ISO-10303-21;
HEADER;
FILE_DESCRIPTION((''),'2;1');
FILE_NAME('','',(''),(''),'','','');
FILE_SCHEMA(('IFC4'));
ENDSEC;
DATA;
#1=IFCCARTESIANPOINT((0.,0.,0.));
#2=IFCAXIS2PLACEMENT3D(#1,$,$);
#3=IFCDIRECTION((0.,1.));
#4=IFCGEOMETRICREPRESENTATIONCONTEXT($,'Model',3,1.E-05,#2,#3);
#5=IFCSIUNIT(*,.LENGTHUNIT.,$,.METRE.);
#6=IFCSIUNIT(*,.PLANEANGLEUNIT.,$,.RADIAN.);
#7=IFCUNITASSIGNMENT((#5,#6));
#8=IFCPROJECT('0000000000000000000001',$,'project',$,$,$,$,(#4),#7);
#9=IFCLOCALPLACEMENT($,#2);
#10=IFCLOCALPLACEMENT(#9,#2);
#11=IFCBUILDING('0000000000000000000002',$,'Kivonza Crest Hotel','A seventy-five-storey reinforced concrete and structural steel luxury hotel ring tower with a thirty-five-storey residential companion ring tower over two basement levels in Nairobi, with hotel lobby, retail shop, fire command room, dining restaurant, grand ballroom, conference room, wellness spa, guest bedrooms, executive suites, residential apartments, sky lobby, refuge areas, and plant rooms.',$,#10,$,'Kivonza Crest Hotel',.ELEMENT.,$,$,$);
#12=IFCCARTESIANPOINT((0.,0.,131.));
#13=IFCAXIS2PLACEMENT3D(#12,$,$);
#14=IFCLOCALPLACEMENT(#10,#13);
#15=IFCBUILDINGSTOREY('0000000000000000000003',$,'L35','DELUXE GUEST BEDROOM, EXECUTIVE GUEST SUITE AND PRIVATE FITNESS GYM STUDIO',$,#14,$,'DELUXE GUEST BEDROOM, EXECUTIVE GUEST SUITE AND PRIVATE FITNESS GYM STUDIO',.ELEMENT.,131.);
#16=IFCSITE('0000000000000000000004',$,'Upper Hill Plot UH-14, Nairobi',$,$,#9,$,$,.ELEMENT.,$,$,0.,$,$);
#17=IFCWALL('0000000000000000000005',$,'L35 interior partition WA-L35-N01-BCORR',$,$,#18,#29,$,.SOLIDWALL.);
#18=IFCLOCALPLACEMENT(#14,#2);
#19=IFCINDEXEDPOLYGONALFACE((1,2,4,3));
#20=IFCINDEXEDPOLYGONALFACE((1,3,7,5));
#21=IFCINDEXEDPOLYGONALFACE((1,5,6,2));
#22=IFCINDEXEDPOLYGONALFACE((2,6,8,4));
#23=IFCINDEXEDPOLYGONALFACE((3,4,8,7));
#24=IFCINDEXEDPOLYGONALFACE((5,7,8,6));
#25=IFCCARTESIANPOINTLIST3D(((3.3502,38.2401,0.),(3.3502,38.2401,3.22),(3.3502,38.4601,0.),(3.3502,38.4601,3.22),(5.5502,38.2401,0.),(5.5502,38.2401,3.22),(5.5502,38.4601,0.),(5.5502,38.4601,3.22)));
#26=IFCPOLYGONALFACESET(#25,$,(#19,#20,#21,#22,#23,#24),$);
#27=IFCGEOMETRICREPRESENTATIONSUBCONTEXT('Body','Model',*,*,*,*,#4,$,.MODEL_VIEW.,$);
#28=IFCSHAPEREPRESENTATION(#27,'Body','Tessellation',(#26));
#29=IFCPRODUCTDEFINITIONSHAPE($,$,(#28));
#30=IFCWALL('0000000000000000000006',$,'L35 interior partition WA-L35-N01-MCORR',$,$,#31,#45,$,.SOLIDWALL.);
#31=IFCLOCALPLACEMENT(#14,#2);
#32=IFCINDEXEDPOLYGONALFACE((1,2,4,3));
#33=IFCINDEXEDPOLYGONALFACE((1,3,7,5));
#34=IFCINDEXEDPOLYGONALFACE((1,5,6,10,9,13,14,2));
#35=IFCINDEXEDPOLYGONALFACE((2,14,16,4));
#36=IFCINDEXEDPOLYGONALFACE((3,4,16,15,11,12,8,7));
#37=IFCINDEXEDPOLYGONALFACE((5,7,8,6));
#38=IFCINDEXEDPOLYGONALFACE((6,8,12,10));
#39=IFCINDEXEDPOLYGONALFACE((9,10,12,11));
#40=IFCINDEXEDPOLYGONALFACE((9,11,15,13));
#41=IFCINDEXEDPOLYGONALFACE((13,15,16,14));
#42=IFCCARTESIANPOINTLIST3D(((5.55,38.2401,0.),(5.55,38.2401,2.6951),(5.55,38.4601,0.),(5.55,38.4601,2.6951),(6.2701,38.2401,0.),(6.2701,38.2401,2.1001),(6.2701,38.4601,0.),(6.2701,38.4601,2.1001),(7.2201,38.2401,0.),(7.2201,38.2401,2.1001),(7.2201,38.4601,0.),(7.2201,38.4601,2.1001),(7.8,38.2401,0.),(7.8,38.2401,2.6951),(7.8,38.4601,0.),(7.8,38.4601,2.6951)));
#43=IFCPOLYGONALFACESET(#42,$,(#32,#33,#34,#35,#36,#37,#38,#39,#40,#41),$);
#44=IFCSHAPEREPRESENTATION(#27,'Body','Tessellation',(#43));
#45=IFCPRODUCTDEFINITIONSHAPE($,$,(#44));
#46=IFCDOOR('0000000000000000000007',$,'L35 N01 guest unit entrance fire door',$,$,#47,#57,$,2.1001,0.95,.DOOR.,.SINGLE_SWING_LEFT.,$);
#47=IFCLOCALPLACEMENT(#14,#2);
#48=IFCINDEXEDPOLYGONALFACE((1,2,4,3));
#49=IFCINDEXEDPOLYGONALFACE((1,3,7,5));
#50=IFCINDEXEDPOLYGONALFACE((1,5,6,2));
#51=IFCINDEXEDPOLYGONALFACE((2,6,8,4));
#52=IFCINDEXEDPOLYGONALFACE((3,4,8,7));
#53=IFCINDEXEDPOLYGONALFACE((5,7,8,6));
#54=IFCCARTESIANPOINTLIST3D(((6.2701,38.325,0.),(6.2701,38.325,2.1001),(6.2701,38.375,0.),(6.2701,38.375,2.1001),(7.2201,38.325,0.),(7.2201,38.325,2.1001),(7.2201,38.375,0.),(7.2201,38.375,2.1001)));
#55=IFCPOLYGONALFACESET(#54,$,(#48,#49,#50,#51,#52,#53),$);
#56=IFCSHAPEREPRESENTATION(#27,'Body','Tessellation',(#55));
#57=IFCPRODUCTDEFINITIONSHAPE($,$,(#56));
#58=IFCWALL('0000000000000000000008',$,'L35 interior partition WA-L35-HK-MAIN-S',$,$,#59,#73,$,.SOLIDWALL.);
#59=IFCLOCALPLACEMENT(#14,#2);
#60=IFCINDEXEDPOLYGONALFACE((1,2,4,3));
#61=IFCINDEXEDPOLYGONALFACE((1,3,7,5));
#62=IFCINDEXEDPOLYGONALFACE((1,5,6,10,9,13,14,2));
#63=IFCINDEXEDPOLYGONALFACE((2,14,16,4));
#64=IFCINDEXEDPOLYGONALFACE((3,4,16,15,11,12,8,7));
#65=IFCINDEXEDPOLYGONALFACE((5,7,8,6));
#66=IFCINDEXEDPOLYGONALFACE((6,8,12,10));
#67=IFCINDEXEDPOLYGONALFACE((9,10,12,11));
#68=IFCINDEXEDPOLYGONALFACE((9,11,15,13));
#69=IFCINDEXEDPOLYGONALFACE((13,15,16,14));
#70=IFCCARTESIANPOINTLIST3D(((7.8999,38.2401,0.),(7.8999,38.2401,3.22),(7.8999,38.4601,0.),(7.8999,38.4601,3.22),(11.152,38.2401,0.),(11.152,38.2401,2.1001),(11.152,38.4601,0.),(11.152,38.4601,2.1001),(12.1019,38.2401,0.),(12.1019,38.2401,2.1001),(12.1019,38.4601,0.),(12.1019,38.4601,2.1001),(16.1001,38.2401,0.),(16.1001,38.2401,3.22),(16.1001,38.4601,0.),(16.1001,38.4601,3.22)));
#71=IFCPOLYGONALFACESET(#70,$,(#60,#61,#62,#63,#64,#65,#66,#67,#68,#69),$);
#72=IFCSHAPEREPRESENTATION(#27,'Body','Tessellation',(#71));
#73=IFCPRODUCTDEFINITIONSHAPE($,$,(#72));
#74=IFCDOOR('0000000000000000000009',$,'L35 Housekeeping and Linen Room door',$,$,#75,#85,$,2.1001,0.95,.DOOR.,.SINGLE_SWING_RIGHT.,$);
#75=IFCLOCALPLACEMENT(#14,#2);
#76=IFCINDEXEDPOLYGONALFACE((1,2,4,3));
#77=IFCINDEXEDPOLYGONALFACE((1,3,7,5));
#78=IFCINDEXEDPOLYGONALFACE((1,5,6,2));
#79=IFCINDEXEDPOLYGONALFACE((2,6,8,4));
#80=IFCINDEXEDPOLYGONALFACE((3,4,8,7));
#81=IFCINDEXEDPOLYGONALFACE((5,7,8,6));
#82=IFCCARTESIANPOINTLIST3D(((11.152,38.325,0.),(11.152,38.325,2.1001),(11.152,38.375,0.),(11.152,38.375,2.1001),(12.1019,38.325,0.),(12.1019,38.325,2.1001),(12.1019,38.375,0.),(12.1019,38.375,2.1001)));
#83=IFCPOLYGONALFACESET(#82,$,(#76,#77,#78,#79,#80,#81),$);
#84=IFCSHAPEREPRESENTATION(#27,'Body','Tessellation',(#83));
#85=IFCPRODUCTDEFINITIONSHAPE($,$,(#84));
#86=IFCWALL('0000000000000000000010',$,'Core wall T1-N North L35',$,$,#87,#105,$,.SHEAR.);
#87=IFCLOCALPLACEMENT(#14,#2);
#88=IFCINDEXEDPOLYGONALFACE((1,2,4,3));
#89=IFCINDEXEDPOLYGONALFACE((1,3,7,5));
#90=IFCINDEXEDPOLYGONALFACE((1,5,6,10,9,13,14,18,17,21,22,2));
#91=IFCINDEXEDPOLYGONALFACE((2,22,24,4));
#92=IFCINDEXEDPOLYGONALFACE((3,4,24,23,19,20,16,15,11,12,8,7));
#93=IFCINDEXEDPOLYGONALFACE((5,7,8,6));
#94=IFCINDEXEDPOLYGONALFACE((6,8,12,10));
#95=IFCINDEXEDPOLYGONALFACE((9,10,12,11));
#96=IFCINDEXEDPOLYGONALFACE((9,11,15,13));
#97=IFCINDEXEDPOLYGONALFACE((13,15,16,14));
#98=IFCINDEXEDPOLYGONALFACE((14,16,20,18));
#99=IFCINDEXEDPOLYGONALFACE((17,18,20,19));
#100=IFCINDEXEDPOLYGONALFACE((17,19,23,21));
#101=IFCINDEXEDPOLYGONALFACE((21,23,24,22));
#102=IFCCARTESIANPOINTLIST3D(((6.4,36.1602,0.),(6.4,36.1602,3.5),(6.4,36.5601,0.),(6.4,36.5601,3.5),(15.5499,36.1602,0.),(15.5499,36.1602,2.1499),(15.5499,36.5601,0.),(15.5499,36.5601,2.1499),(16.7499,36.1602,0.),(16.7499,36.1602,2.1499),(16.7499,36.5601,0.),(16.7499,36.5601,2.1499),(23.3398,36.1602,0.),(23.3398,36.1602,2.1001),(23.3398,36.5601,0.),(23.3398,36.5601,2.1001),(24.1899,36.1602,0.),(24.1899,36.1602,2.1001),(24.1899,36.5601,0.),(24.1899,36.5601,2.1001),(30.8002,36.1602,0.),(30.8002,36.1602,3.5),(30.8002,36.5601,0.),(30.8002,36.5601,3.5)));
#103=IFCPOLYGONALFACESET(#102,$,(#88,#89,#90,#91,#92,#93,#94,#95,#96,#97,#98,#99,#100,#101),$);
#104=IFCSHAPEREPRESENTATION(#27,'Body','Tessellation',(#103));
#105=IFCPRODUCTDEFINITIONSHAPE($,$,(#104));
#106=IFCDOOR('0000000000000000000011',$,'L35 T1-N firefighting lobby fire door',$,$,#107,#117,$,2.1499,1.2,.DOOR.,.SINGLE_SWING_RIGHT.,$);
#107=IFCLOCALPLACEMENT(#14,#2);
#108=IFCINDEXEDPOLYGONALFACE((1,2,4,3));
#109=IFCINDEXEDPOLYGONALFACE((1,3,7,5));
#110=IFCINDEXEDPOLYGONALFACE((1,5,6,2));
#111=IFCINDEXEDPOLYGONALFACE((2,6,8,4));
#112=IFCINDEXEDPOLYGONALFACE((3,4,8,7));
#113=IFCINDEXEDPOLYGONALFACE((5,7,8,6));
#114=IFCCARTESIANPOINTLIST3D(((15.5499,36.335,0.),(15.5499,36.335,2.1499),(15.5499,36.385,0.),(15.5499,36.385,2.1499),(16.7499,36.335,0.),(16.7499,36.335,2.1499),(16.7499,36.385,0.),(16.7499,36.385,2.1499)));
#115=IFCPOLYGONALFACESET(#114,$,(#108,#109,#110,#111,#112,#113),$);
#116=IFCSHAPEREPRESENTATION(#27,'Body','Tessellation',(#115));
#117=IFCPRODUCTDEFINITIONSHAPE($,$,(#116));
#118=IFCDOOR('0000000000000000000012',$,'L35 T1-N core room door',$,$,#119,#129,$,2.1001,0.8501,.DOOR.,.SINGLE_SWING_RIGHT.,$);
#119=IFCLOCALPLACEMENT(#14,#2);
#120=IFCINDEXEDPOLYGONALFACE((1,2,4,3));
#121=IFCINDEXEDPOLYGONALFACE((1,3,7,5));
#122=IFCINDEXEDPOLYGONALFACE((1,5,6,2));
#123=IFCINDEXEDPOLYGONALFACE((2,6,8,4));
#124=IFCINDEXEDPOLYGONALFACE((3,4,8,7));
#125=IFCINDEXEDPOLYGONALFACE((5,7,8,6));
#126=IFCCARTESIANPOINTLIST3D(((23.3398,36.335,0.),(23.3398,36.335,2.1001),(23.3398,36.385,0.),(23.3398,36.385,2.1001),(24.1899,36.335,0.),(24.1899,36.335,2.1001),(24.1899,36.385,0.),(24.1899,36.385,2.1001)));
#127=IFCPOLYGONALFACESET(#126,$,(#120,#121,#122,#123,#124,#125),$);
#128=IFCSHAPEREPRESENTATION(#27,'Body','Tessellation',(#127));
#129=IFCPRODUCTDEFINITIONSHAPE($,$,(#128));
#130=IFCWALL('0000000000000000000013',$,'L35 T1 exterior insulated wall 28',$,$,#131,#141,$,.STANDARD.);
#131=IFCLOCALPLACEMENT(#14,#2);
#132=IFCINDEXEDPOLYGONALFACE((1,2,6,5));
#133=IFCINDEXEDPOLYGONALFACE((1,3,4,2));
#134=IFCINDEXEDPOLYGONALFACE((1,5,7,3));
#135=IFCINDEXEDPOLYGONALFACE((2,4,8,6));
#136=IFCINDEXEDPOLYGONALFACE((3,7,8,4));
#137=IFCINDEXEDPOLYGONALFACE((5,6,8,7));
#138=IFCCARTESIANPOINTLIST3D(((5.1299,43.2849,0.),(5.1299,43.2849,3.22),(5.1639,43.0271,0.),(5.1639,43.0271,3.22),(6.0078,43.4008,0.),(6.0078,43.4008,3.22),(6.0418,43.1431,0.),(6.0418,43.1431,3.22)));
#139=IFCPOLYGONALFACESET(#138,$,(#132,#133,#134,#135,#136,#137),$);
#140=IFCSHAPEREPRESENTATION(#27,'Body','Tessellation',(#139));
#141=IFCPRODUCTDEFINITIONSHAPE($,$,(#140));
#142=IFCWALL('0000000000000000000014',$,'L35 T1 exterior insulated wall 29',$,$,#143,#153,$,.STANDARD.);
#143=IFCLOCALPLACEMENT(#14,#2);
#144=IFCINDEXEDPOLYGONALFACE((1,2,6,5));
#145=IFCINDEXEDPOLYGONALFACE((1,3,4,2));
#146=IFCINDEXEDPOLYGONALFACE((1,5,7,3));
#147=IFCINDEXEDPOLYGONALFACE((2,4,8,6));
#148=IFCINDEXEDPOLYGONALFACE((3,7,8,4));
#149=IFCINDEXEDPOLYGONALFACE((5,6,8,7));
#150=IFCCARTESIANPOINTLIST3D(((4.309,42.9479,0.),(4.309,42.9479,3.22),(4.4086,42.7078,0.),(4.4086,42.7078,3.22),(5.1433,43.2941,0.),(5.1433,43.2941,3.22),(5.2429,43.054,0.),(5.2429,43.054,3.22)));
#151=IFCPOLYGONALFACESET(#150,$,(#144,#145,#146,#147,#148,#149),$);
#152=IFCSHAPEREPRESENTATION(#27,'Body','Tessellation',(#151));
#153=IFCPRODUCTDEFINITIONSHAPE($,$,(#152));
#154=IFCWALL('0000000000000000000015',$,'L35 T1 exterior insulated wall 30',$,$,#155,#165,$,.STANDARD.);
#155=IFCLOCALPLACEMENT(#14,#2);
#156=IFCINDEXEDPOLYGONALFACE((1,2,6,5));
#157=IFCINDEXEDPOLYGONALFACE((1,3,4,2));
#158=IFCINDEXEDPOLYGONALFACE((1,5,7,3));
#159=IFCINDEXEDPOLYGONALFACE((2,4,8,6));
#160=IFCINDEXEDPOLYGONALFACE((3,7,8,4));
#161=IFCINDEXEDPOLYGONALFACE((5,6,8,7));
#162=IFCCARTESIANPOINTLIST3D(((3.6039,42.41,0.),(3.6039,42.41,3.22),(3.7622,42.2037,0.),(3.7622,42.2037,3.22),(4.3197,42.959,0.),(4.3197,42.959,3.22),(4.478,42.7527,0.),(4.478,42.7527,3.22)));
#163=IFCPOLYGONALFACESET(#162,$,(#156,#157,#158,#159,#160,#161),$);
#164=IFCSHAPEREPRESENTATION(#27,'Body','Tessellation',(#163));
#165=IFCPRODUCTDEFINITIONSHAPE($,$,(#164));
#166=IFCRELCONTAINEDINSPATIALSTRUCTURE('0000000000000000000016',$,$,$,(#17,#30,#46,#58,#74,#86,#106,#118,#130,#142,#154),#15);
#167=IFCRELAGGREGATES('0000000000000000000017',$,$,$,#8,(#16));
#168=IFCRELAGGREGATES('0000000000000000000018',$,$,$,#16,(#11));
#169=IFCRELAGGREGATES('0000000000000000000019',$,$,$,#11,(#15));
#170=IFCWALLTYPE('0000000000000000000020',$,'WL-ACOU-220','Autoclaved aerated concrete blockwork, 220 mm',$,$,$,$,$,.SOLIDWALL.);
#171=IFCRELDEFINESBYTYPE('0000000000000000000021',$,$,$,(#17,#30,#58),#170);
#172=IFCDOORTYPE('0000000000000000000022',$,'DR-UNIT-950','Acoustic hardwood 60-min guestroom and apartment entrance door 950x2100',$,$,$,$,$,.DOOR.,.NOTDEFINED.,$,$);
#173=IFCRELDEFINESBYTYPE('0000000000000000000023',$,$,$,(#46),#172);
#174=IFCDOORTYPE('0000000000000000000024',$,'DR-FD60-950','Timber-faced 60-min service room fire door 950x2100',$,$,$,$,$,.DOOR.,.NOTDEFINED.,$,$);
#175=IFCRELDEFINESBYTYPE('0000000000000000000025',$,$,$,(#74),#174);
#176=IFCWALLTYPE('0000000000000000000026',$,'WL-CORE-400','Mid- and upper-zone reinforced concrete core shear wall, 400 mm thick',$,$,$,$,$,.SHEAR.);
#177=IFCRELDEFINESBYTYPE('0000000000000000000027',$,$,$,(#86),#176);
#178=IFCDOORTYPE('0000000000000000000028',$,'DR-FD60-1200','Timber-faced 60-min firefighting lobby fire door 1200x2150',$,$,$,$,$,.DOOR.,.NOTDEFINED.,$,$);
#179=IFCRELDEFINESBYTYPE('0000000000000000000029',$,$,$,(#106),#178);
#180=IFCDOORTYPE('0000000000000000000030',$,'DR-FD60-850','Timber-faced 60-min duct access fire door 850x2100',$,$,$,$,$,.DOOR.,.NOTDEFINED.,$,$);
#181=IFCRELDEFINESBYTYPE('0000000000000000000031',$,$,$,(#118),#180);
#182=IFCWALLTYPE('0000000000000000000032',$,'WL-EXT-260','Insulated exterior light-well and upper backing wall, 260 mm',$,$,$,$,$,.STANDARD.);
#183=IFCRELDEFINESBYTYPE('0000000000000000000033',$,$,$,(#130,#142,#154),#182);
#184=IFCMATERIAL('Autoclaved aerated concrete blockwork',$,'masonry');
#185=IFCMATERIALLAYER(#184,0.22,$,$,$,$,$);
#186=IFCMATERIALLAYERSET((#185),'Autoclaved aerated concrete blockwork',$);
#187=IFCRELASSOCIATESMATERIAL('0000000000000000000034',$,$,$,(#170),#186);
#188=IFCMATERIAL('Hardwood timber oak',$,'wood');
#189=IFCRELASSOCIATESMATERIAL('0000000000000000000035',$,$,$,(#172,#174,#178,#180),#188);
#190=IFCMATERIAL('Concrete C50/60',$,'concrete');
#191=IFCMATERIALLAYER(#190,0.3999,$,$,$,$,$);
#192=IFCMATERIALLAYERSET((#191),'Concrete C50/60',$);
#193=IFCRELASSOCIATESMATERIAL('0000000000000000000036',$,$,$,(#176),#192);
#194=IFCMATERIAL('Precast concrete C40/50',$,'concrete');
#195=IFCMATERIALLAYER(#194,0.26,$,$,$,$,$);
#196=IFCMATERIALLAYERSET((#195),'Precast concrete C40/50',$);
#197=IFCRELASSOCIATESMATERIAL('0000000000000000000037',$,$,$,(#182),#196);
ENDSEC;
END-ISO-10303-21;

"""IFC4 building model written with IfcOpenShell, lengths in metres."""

from ifc_helpers import new_model, si_unit, direction, frame, frame_2d, origin, place, context, subcontext, project, spatial, rectangle, extrude, material, layer, layer_set, type_object, element, fill, save


model = new_model("IFC4")

# Units and contexts
model_context = context("Model", 3, precision=1e-05, world=origin(), true_north=direction((0.0, 1.0)))
body_context = subcontext(model_context, "Body", "Model", "MODEL_VIEW")
ifc_project = project(units=[si_unit("LENGTHUNIT", "METRE"), si_unit("PLANEANGLEUNIT", "RADIAN")], contexts=[model_context])

# Site, building, storey
site_placement = place(None, origin())
site = spatial("IfcSite", under=ifc_project, at=site_placement, Name="Upper Hill Plot UH-14, Nairobi", CompositionType="ELEMENT", RefElevation=0.0)
building_placement = place(site_placement, origin())
building = spatial("IfcBuilding", under=site, at=building_placement, Name="Kivonza Crest Hotel", Description="A seventy-five-storey reinforced concrete and structural steel luxury hotel ring tower with a thirty-five-storey residential companion ring tower over two basement levels in Nairobi, with hotel lobby, retail shop, fire command room, dining restaurant, grand ballroom, conference room, wellness spa, guest bedrooms, executive suites, residential apartments, sky lobby, refuge areas, and plant rooms.", LongName="Kivonza Crest Hotel", CompositionType="ELEMENT")
storey_placement = place(building_placement, frame((0.0, 0.0, 131.0)))
storey = spatial("IfcBuildingStorey", under=building, at=storey_placement, Name="L35", Description="DELUXE GUEST BEDROOM, EXECUTIVE GUEST SUITE AND PRIVATE FITNESS GYM STUDIO", LongName="DELUXE GUEST BEDROOM, EXECUTIVE GUEST SUITE AND PRIVATE FITNESS GYM STUDIO", CompositionType="ELEMENT", Elevation=131.0)

# Shared definitions
ifc_material_1 = material(Name="Concrete C50/60", Category="concrete")

# Wall
ifc_material_2 = material(Name="Autoclaved aerated concrete blockwork", Category="masonry")
ifc_layer_1 = layer(ifc_material_2, 0.22)
ifc_layer_set_1 = layer_set([ifc_layer_1], Name="Autoclaved aerated concrete blockwork")
wall_type_1 = type_object("IfcWallType", Name="WL-ACOU-220", Description="Autoclaved aerated concrete blockwork, 220 mm", PredefinedType="SOLIDWALL", material=ifc_layer_set_1)
wall_1_placement = place(storey_placement, frame((3.3501, 38.3501, 0.0), z_axis=(0.0, 0.0, 1.0), x_axis=(1.0, 0.0, 0.0)))
element("IfcWall", 1, at=wall_1_placement, inside=storey, type_object=wall_type_1, Name="L35 interior partition WA-L35-N01-BCORR", PredefinedType="SOLIDWALL", context=body_context, shape_type="SweptSolid", body=[
    extrude(rectangle(XDim=2.2, YDim=0.22, at=frame_2d((1.1001, 0.0))), origin(), (0.0, 0.0, 1.0), 3.22),
])

# Walls, openings, doors
wall_2_placement = place(storey_placement, frame((5.55, 38.3501, 0.0), z_axis=(0.0, 0.0, 1.0), x_axis=(1.0, 0.0, 0.0)))
wall_2 = element("IfcWall", 2, at=wall_2_placement, inside=storey, type_object=wall_type_1, Name="L35 interior partition WA-L35-N01-MCORR", PredefinedType="SOLIDWALL", context=body_context, shape_type="SweptSolid", body=[
    extrude(rectangle(XDim=2.25, YDim=0.22, at=frame_2d((1.125, 0.0))), origin(), (0.0, 0.0, 1.0), 2.6951),
])
opening_1_placement = place(wall_2_placement, frame((0.72, 0.0, 0.0)))
opening_1 = element("IfcOpeningElement", 3, at=opening_1_placement, cuts=wall_2, PredefinedType="OPENING", context=body_context, shape_type="SweptSolid", body=[
    extrude(rectangle(XDim=0.95, YDim=2.1001, at=frame_2d((0.4751, 1.05))), frame((0.0, 0.1201, 0.0), z_axis=(0.0, -1.0, 0.0), x_axis=(1.0, 0.0, 0.0)), (0.0, 0.0, 1.0), 0.24),
])
ifc_material_3 = material(Name="Hardwood timber oak", Category="wood")
door_type_1 = type_object("IfcDoorType", Name="DR-UNIT-950", Description="Acoustic hardwood 60-min guestroom and apartment entrance door 950x2100", OperationType="NOTDEFINED", PredefinedType="DOOR", material=ifc_material_3)
door_1_placement = place(opening_1_placement, origin())
door_1 = element("IfcDoor", 4, at=door_1_placement, inside=storey, type_object=door_type_1, Name="L35 N01 guest unit entrance fire door", OperationType="SINGLE_SWING_LEFT", OverallHeight=2.1001, OverallWidth=0.95, PredefinedType="DOOR", context=body_context, shape_type="SweptSolid", body=[
    extrude(rectangle(XDim=0.95, YDim=2.1001, at=frame_2d((0.4751, 1.05))), frame((0.0, 0.0249, 0.0), z_axis=(0.0, -1.0, 0.0), x_axis=(1.0, 0.0, 0.0)), (0.0, 0.0, 1.0), 0.05),
])
fill(opening_1, door_1)
wall_3_placement = place(storey_placement, frame((7.8999, 38.3501, 0.0), z_axis=(0.0, 0.0, 1.0), x_axis=(1.0, 0.0, 0.0)))
wall_3 = element("IfcWall", 5, at=wall_3_placement, inside=storey, type_object=wall_type_1, Name="L35 interior partition WA-L35-HK-MAIN-S", PredefinedType="SOLIDWALL", context=body_context, shape_type="SweptSolid", body=[
    extrude(rectangle(XDim=8.2002, YDim=0.22, at=frame_2d((4.1001, 0.0))), origin(), (0.0, 0.0, 1.0), 3.22),
])
opening_2_placement = place(wall_3_placement, frame((3.252, 0.0, 0.0)))
opening_2 = element("IfcOpeningElement", 6, at=opening_2_placement, cuts=wall_3, PredefinedType="OPENING", context=body_context, shape_type="SweptSolid", body=[
    extrude(rectangle(XDim=0.95, YDim=2.1001, at=frame_2d((0.4751, 1.05))), frame((0.0, 0.1201, 0.0), z_axis=(0.0, -1.0, 0.0), x_axis=(1.0, 0.0, 0.0)), (0.0, 0.0, 1.0), 0.24),
])
door_type_2 = type_object("IfcDoorType", Name="DR-FD60-950", Description="Timber-faced 60-min service room fire door 950x2100", OperationType="NOTDEFINED", PredefinedType="DOOR", material=ifc_material_3)
door_2_placement = place(opening_2_placement, origin())
door_2 = element("IfcDoor", 7, at=door_2_placement, inside=storey, type_object=door_type_2, Name="L35 Housekeeping and Linen Room door", OperationType="SINGLE_SWING_RIGHT", OverallHeight=2.1001, OverallWidth=0.95, PredefinedType="DOOR", context=body_context, shape_type="SweptSolid", body=[
    extrude(rectangle(XDim=0.95, YDim=2.1001, at=frame_2d((0.4751, 1.05))), frame((0.0, 0.0249, 0.0), z_axis=(0.0, -1.0, 0.0), x_axis=(1.0, 0.0, 0.0)), (0.0, 0.0, 1.0), 0.05),
])
fill(opening_2, door_2)

# Wall, openings, doors
ifc_layer_2 = layer(ifc_material_1, 0.3999)
ifc_layer_set_2 = layer_set([ifc_layer_2], Name="Concrete C50/60")
wall_type_2 = type_object("IfcWallType", Name="WL-CORE-400", Description="Mid- and upper-zone reinforced concrete core shear wall, 400 mm thick", PredefinedType="SHEAR", material=ifc_layer_set_2)
wall_4_placement = place(storey_placement, frame((6.3999, 36.3601, 0.0), z_axis=(0.0, 0.0, 1.0), x_axis=(1.0, 0.0, 0.0)))
wall_4 = element("IfcWall", 8, at=wall_4_placement, inside=storey, type_object=wall_type_2, Name="Core wall T1-N North L35", PredefinedType="SHEAR", context=body_context, shape_type="SweptSolid", body=[
    extrude(rectangle(XDim=24.4001, YDim=0.3999, at=frame_2d((12.2002, 0.0))), origin(), (0.0, 0.0, 1.0), 3.5),
])
opening_3_placement = place(wall_4_placement, frame((9.1499, 0.0, 0.0)))
opening_3 = element("IfcOpeningElement", 9, at=opening_3_placement, cuts=wall_4, PredefinedType="OPENING", context=body_context, shape_type="SweptSolid", body=[
    extrude(rectangle(XDim=1.2, YDim=2.1499, at=frame_2d((0.6001, 1.075))), frame((0.0, 0.21, 0.0), z_axis=(0.0, -1.0, 0.0), x_axis=(1.0, 0.0, 0.0)), (0.0, 0.0, 1.0), 0.4199),
])
opening_4_placement = place(wall_4_placement, frame((16.9399, 0.0, 0.0)))
opening_4 = element("IfcOpeningElement", 10, at=opening_4_placement, cuts=wall_4, PredefinedType="OPENING", context=body_context, shape_type="SweptSolid", body=[
    extrude(rectangle(XDim=0.8501, YDim=2.1001, at=frame_2d((0.425, 1.05))), frame((0.0, 0.21, 0.0), z_axis=(0.0, -1.0, 0.0), x_axis=(1.0, 0.0, 0.0)), (0.0, 0.0, 1.0), 0.4199),
])
door_type_3 = type_object("IfcDoorType", Name="DR-FD60-1200", Description="Timber-faced 60-min firefighting lobby fire door 1200x2150", OperationType="NOTDEFINED", PredefinedType="DOOR", material=ifc_material_3)
door_3_placement = place(opening_3_placement, origin())
door_3 = element("IfcDoor", 11, at=door_3_placement, inside=storey, type_object=door_type_3, Name="L35 T1-N firefighting lobby fire door", OperationType="SINGLE_SWING_RIGHT", OverallHeight=2.1499, OverallWidth=1.2, PredefinedType="DOOR", context=body_context, shape_type="SweptSolid", body=[
    extrude(rectangle(XDim=1.2, YDim=2.1499, at=frame_2d((0.6001, 1.075))), frame((0.0, 0.0249, 0.0), z_axis=(0.0, -1.0, 0.0), x_axis=(1.0, 0.0, 0.0)), (0.0, 0.0, 1.0), 0.05),
])
fill(opening_3, door_3)
door_type_4 = type_object("IfcDoorType", Name="DR-FD60-850", Description="Timber-faced 60-min duct access fire door 850x2100", OperationType="NOTDEFINED", PredefinedType="DOOR", material=ifc_material_3)
door_4_placement = place(opening_4_placement, origin())
door_4 = element("IfcDoor", 12, at=door_4_placement, inside=storey, type_object=door_type_4, Name="L35 T1-N core room door", OperationType="SINGLE_SWING_RIGHT", OverallHeight=2.1001, OverallWidth=0.8501, PredefinedType="DOOR", context=body_context, shape_type="SweptSolid", body=[
    extrude(rectangle(XDim=0.8501, YDim=2.1001, at=frame_2d((0.425, 1.05))), frame((0.0, 0.0249, 0.0), z_axis=(0.0, -1.0, 0.0), x_axis=(1.0, 0.0, 0.0)), (0.0, 0.0, 1.0), 0.05),
])
fill(opening_4, door_4)

# Walls
ifc_material_4 = material(Name="Precast concrete C40/50", Category="concrete")
ifc_layer_3 = layer(ifc_material_4, 0.26)
ifc_layer_set_3 = layer_set([ifc_layer_3], Name="Precast concrete C40/50")
wall_type_3 = type_object("IfcWallType", Name="WL-EXT-260", Description="Insulated exterior light-well and upper backing wall, 260 mm", PredefinedType="STANDARD", material=ifc_layer_set_3)
wall_5_placement = place(storey_placement, frame((6.0249, 43.272, 0.0), z_axis=(0.0, 0.0, 1.0), x_axis=(-0.991388, -0.130954, 0.0)))
element("IfcWall", 13, at=wall_5_placement, inside=storey, type_object=wall_type_3, Name="L35 T1 exterior insulated wall 28", PredefinedType="STANDARD", context=body_context, shape_type="SweptSolid", body=[
    extrude(rectangle(XDim=0.8855, YDim=0.26, at=frame_2d((0.4429, 0.0))), origin(), (0.0, 0.0, 1.0), 3.22),
])
wall_6_placement = place(storey_placement, frame((5.1931, 43.1741, 0.0), z_axis=(0.0, 0.0, 1.0), x_axis=(-0.923628, -0.383291, 0.0)))
element("IfcWall", 14, at=wall_6_placement, inside=storey, type_object=wall_type_3, Name="L35 T1 exterior insulated wall 29", PredefinedType="STANDARD", context=body_context, shape_type="SweptSolid", body=[
    extrude(rectangle(XDim=0.9033, YDim=0.26, at=frame_2d((0.4517, 0.0))), origin(), (0.0, 0.0, 1.0), 3.22),
])
wall_7_placement = place(storey_placement, frame((4.3989, 42.856, 0.0), z_axis=(0.0, 0.0, 1.0), x_axis=(-0.793458, -0.608625, 0.0)))
element("IfcWall", 15, at=wall_7_placement, inside=storey, type_object=wall_type_3, Name="L35 T1 exterior insulated wall 30", PredefinedType="STANDARD", context=body_context, shape_type="SweptSolid", body=[
    extrude(rectangle(XDim=0.9021, YDim=0.26, at=frame_2d((0.4512, 0.0))), origin(), (0.0, 0.0, 1.0), 3.22),
])

save(model, "model.ifc")
